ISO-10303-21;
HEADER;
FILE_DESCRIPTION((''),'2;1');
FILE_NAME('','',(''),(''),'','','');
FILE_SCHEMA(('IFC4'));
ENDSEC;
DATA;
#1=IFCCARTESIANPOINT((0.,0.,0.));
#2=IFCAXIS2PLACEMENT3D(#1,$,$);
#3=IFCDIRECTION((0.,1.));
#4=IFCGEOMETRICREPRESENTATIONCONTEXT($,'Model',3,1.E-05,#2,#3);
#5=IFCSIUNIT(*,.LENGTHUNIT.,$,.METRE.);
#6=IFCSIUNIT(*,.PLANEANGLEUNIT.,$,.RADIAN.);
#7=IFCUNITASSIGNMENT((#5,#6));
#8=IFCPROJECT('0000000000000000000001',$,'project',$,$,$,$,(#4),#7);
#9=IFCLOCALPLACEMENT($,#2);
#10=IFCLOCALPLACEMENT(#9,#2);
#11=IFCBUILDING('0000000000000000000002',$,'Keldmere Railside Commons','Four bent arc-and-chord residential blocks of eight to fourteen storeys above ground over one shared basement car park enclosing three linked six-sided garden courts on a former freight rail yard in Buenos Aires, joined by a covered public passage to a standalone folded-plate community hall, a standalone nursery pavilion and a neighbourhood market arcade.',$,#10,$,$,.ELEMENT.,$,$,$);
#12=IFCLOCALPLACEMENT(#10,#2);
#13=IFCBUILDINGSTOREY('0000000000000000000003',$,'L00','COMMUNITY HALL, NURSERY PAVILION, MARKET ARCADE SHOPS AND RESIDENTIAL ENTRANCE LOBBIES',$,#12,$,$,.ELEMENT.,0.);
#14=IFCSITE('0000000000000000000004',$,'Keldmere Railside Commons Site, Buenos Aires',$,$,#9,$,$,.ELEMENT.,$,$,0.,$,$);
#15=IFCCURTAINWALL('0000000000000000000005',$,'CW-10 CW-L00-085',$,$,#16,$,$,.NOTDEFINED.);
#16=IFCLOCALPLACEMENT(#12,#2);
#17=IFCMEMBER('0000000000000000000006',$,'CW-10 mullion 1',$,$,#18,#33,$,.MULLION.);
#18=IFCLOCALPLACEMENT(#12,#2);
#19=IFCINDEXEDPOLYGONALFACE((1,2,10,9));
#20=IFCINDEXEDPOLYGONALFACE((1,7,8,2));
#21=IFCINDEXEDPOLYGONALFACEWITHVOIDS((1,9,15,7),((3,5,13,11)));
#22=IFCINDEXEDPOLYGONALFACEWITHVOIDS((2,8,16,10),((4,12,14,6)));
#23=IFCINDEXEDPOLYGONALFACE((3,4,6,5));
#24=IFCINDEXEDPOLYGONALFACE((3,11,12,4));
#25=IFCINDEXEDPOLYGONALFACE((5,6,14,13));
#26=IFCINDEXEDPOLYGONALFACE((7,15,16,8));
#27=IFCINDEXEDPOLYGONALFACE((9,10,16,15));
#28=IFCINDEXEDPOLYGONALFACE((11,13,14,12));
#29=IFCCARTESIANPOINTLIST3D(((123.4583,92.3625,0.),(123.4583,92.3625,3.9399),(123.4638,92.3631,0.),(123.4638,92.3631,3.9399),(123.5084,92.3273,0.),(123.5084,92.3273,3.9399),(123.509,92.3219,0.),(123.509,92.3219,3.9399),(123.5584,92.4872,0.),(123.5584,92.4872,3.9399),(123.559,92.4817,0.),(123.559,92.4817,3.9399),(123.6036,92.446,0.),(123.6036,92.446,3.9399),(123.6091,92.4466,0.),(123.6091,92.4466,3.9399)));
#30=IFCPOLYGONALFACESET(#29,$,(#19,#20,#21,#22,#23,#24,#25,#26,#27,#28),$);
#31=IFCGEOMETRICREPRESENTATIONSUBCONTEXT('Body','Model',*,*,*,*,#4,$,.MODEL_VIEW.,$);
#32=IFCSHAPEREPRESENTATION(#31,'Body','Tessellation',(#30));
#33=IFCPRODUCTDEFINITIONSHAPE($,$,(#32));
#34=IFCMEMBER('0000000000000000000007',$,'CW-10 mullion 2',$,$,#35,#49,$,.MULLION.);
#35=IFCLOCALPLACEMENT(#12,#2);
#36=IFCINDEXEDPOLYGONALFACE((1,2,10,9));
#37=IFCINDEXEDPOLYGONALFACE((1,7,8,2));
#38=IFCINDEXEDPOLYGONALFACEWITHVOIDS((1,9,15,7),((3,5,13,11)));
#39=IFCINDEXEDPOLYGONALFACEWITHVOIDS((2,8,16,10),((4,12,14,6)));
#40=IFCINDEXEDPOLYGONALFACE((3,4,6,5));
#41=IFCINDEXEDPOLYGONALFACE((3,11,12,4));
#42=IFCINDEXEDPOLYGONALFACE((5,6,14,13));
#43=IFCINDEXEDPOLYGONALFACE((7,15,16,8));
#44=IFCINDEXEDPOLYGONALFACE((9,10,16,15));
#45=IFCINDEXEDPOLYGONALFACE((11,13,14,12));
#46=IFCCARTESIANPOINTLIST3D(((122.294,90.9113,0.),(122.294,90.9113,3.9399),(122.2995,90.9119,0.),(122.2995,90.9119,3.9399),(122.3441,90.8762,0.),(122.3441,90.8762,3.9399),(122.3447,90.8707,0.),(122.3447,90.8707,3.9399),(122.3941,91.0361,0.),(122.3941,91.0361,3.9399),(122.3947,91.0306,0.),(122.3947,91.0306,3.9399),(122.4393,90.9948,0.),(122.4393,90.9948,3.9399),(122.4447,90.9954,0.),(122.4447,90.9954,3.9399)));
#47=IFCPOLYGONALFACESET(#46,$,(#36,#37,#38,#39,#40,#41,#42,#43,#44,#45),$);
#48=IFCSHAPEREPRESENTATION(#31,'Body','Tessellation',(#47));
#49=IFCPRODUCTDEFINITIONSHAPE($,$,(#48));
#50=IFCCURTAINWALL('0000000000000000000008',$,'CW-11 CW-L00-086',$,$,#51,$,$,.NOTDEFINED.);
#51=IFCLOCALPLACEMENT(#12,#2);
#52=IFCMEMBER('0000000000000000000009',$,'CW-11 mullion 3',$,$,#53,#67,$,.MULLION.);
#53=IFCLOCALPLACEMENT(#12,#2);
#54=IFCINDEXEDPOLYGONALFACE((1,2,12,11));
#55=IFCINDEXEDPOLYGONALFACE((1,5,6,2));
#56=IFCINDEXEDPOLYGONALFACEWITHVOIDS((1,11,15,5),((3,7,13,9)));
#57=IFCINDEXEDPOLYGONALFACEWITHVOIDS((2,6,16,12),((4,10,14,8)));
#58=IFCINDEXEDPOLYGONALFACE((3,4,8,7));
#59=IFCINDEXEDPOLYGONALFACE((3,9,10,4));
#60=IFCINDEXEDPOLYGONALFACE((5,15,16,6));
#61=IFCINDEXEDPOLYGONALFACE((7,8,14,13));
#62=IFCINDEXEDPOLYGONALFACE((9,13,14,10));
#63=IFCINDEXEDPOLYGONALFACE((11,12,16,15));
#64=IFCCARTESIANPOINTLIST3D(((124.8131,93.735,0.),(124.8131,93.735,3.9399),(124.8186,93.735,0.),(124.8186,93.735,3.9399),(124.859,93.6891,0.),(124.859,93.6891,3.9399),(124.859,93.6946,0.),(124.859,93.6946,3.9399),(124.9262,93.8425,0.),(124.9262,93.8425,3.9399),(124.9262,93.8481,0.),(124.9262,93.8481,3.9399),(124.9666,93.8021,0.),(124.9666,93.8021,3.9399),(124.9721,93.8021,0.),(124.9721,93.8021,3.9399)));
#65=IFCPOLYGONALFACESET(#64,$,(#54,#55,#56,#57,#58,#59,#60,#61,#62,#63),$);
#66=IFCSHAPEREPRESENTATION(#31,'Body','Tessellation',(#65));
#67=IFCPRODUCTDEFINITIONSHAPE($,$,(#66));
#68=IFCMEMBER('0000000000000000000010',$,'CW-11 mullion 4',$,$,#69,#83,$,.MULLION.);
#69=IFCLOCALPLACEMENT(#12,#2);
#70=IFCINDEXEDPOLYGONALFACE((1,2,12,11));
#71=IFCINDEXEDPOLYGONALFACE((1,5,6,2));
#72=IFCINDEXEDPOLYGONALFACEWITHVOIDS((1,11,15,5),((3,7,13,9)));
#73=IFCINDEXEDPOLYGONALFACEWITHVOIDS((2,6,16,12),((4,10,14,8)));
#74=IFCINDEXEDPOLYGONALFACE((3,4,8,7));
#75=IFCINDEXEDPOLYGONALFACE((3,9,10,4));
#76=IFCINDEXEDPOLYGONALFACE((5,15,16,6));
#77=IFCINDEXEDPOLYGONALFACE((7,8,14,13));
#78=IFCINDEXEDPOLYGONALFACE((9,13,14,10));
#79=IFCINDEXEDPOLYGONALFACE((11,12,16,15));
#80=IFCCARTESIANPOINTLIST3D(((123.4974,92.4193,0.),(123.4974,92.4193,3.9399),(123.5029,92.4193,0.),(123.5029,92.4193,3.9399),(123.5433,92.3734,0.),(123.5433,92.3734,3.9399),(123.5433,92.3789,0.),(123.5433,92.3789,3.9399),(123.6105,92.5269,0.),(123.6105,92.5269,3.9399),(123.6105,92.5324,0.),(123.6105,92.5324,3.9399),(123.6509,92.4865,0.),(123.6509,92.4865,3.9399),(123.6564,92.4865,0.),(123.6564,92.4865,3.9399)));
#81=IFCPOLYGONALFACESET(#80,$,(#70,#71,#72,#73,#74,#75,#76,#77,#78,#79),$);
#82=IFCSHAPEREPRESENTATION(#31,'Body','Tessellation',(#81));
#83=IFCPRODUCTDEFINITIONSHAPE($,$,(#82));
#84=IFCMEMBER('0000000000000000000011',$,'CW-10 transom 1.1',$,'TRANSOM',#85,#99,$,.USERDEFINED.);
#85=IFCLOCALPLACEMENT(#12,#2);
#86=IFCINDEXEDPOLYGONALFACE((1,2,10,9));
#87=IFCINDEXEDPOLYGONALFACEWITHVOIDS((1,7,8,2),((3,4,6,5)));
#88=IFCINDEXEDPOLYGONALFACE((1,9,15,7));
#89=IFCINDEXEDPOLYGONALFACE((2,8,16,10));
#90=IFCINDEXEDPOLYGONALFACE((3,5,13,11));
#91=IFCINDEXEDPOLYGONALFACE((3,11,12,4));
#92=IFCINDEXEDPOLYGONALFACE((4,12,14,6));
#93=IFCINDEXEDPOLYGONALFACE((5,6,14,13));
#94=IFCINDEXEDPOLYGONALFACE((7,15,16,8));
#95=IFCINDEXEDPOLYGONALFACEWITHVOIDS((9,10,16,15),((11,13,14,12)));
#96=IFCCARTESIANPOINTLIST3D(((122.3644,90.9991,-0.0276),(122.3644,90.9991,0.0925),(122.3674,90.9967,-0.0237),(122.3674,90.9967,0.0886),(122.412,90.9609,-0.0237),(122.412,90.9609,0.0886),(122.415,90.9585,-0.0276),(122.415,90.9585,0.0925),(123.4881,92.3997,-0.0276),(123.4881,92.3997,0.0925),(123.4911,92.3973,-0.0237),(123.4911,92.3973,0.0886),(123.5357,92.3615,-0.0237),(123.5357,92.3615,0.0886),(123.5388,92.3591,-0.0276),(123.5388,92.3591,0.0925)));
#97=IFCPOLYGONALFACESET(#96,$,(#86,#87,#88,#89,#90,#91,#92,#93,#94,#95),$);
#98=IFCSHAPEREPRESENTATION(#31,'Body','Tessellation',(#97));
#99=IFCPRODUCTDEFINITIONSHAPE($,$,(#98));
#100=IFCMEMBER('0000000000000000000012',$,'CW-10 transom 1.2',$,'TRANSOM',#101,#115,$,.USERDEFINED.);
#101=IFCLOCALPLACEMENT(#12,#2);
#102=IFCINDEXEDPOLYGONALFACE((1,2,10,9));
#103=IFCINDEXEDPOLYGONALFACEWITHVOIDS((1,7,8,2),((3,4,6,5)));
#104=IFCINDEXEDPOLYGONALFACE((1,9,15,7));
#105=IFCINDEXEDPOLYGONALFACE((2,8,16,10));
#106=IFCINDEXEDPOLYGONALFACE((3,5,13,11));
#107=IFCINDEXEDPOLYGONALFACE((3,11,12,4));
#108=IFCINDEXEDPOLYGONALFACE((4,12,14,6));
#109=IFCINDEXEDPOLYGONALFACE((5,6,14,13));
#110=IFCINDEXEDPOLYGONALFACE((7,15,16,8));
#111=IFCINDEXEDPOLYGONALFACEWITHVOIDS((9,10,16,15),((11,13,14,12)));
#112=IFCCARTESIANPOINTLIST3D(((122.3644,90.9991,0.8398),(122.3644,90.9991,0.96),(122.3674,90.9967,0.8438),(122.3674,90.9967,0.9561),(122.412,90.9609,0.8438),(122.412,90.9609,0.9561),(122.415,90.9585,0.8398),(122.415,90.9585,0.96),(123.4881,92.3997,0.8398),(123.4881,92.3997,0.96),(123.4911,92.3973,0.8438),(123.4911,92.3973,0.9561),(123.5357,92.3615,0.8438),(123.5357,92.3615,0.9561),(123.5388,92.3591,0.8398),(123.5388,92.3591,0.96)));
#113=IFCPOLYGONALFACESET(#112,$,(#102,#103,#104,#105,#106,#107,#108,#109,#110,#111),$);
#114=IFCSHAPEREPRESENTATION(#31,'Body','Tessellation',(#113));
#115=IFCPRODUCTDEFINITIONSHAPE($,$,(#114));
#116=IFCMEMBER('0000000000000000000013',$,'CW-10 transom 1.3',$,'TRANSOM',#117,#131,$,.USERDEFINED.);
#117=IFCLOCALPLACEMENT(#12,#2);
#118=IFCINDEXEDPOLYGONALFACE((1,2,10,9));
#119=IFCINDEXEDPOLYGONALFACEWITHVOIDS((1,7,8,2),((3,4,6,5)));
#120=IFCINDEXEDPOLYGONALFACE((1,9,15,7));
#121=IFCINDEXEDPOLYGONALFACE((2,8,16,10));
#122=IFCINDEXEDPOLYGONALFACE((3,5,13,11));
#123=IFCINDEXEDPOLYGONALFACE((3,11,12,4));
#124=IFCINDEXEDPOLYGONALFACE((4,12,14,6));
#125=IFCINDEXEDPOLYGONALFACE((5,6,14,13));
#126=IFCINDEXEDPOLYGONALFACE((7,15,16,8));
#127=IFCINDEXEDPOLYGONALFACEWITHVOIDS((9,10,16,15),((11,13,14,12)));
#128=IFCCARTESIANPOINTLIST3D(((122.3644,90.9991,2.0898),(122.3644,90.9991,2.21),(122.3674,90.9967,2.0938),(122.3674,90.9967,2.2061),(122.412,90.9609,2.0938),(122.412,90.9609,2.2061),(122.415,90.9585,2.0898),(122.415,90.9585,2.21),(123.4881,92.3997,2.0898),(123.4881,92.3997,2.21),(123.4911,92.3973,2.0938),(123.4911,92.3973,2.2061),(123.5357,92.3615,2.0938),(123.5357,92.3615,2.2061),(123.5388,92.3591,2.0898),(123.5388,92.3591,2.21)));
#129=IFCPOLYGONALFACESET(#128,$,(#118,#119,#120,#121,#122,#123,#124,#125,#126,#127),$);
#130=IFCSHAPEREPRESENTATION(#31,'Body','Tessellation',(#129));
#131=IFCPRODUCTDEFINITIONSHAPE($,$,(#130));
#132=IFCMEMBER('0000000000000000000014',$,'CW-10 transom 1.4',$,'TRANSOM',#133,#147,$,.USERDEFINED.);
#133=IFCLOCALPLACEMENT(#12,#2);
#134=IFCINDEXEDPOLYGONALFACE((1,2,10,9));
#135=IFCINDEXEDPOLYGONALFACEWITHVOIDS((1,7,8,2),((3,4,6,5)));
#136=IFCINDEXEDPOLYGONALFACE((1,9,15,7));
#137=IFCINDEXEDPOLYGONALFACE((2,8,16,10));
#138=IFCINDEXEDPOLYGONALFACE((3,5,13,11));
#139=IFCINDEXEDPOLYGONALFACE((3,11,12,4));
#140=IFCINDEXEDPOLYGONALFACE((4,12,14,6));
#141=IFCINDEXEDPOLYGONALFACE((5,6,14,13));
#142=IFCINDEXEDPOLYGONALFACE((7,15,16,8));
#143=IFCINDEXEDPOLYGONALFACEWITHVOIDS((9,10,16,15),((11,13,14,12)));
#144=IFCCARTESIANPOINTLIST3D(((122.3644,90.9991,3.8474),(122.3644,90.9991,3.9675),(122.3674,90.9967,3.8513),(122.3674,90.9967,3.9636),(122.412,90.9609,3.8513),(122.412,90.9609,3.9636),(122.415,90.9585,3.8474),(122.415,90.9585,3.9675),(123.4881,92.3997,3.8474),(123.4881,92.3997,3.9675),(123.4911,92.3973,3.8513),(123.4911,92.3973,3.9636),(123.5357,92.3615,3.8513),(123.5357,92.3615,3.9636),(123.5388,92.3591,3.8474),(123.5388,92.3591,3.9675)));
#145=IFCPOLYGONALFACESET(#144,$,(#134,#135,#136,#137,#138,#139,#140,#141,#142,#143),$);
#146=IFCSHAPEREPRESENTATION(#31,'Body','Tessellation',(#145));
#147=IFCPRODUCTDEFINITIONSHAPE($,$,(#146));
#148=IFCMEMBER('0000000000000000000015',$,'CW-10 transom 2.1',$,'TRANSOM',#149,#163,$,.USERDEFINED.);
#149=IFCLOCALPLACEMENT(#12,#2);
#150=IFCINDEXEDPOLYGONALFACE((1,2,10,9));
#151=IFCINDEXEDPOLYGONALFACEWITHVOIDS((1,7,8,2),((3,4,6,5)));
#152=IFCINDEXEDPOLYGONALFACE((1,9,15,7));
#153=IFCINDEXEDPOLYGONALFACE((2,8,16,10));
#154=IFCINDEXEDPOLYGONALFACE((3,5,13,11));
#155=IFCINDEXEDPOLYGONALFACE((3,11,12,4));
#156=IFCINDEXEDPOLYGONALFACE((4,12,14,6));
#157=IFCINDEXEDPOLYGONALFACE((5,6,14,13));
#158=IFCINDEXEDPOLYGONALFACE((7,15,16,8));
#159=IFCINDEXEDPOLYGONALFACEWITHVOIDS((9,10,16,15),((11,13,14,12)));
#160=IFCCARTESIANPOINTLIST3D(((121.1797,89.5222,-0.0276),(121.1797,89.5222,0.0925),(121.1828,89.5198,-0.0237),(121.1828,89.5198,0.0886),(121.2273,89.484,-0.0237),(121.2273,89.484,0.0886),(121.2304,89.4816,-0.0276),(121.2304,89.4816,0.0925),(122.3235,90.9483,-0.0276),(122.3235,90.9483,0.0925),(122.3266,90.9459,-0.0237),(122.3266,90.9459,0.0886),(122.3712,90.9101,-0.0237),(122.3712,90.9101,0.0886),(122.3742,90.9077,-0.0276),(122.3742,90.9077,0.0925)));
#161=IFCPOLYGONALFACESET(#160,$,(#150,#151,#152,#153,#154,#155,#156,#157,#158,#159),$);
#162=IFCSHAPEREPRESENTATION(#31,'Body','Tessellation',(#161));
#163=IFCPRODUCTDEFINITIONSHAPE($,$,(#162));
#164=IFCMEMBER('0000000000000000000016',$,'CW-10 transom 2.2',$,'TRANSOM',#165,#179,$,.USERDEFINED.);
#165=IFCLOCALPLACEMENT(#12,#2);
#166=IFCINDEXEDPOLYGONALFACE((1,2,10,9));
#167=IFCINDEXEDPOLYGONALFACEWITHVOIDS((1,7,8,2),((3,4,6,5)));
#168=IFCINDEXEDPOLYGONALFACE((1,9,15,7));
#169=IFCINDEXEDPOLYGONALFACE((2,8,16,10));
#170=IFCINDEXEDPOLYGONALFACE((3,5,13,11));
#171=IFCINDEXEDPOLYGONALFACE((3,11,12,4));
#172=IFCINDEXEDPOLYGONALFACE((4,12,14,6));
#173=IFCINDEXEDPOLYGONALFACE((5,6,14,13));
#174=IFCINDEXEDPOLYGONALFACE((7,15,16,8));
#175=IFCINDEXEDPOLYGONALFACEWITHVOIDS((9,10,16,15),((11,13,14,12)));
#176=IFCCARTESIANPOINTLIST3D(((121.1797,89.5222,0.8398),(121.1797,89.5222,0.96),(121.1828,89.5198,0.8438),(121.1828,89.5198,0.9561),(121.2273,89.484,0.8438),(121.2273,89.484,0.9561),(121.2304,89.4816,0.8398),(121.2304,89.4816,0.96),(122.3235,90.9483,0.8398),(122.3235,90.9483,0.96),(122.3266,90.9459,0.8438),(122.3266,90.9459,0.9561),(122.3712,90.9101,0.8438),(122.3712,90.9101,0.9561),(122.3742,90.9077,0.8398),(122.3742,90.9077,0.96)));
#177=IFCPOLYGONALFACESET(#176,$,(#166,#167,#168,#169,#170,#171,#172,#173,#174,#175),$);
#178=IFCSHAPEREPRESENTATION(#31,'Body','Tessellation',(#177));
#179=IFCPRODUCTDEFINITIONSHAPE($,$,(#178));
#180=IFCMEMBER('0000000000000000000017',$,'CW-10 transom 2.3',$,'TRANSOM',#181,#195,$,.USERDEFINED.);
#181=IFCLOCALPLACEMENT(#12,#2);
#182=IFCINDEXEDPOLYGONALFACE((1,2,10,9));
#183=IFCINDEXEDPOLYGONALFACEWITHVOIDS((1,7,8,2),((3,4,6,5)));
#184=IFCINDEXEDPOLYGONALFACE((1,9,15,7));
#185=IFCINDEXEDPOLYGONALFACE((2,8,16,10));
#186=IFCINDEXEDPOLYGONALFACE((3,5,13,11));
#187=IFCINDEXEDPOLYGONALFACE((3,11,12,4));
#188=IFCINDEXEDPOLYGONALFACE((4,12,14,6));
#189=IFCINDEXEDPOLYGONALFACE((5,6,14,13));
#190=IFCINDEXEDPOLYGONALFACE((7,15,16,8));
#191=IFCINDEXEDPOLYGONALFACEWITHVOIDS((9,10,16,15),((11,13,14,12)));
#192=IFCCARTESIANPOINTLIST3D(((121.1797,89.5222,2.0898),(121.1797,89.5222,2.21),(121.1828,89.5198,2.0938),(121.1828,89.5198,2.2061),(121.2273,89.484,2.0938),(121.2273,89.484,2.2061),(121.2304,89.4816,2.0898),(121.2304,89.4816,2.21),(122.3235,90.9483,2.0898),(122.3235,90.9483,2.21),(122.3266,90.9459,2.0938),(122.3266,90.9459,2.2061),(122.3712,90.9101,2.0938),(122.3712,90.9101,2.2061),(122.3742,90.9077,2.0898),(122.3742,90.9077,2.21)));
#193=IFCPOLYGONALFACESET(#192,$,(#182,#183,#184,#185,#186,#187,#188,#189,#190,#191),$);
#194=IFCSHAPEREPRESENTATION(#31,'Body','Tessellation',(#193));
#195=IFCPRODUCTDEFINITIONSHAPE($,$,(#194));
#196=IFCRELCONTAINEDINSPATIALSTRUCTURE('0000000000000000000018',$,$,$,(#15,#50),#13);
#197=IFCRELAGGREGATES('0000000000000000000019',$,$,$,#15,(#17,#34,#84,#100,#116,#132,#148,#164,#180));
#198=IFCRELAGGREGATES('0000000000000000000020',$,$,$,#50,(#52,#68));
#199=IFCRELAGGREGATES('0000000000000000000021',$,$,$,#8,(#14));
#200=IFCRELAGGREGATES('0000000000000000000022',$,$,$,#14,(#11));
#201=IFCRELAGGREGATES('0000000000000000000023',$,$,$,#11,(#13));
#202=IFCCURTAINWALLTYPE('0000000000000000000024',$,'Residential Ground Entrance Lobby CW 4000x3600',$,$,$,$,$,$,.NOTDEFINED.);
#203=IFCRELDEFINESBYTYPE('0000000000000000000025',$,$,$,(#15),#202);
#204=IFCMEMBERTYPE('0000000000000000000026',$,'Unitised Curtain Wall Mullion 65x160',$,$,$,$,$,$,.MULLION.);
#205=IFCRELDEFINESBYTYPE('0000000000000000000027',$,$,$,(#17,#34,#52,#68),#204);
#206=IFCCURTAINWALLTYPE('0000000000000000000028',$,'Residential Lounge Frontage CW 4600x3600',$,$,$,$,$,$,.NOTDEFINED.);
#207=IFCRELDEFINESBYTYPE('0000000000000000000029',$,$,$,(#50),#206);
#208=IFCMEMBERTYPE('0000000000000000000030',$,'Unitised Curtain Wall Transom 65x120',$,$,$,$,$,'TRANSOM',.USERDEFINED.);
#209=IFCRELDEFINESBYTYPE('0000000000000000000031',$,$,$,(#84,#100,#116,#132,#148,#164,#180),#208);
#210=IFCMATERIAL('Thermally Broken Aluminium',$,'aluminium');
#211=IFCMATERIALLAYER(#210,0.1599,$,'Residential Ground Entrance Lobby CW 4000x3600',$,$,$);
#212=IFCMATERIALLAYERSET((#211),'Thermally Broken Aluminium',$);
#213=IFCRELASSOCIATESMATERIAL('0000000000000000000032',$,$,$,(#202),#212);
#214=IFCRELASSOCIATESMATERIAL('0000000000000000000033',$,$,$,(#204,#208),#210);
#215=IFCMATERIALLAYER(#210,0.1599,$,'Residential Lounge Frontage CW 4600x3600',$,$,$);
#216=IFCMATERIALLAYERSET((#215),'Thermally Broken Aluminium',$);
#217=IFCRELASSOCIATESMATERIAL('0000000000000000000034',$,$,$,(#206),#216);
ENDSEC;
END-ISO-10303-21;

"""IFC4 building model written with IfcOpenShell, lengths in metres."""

from ifc_helpers import new_model, si_unit, direction, frame, origin, origin_2d, place, context, subcontext, project, spatial, hollow_rectangle, extrude, material, layer, layer_set, material_profile, profile_set, type_object, element, aggregate, save


model = new_model("IFC4")

# Units and contexts
model_context = context("Model", 3, precision=1e-05, world=origin(), true_north=direction((0.0, 1.0)))
body_context = subcontext(model_context, "Body", "Model", "MODEL_VIEW")
ifc_project = project(units=[si_unit("LENGTHUNIT", "METRE"), si_unit("PLANEANGLEUNIT", "RADIAN")], contexts=[model_context])

# Site, building, storey
site_placement = place(None, origin())
site = spatial("IfcSite", under=ifc_project, at=site_placement, Name="Keldmere Railside Commons Site, Buenos Aires", CompositionType="ELEMENT", RefElevation=0.0)
building_placement = place(site_placement, origin())
building = spatial("IfcBuilding", under=site, at=building_placement, Name="Keldmere Railside Commons", Description="Four bent arc-and-chord residential blocks of eight to fourteen storeys above ground over one shared basement car park enclosing three linked six-sided garden courts on a former freight rail yard in Buenos Aires, joined by a covered public passage to a standalone folded-plate community hall, a standalone nursery pavilion and a neighbourhood market arcade.", CompositionType="ELEMENT")
storey_placement = place(building_placement, origin())
storey = spatial("IfcBuildingStorey", under=building, at=storey_placement, Name="L00", Description="COMMUNITY HALL, NURSERY PAVILION, MARKET ARCADE SHOPS AND RESIDENTIAL ENTRANCE LOBBIES", CompositionType="ELEMENT", Elevation=0.0)

# Curtain walls, members
ifc_material_1 = material(Name="Thermally Broken Aluminium", Category="aluminium")
ifc_layer_1 = layer(ifc_material_1, 0.1599, Name="Residential Ground Entrance Lobby CW 4000x3600")
ifc_layer_set_1 = layer_set([ifc_layer_1], Name="Thermally Broken Aluminium")
curtain_wall_type_1 = type_object("IfcCurtainWallType", Name="Residential Ground Entrance Lobby CW 4000x3600", PredefinedType="NOTDEFINED", material=ifc_layer_set_1)
curtain_wall_1_placement = place(storey_placement, origin())
curtain_wall_1 = element("IfcCurtainWall", 1, at=curtain_wall_1_placement, inside=storey, type_object=curtain_wall_type_1, Name="CW-10 CW-L00-085", PredefinedType="NOTDEFINED")
ifc_material_profile_1 = material_profile(ifc_material_1, hollow_rectangle(XDim=0.0649, YDim=0.1599, WallThickness=0.0039, at=origin_2d()), Name="ALU-MULL-65x160")
ifc_profile_set_1 = profile_set([ifc_material_profile_1], Name="Thermally Broken Aluminium")
member_type_1 = type_object("IfcMemberType", Name="Unitised Curtain Wall Mullion 65x160", PredefinedType="MULLION", material=ifc_profile_set_1)
member_1_placement = place(storey_placement, frame((123.5337, 92.4045, 0.0), z_axis=(0.0, 0.0, 1.0), x_axis=(0.780009, -0.625768, 0.0)))
member_1 = element("IfcMember", 2, at=member_1_placement, type_object=member_type_1, Name="CW-10 mullion 1", PredefinedType="MULLION", context=body_context, shape_type="SweptSolid", body=[
    extrude(hollow_rectangle(XDim=0.0649, YDim=0.1599, WallThickness=0.0039, at=origin_2d()), origin(), (0.0, 0.0, 1.0), 3.9399),
])
member_2_placement = place(storey_placement, frame((122.3694, 90.9534, 0.0), z_axis=(0.0, 0.0, 1.0), x_axis=(0.780009, -0.625768, 0.0)))
member_2 = element("IfcMember", 3, at=member_2_placement, type_object=member_type_1, Name="CW-10 mullion 2", PredefinedType="MULLION", context=body_context, shape_type="SweptSolid", body=[
    extrude(hollow_rectangle(XDim=0.0649, YDim=0.1599, WallThickness=0.0039, at=origin_2d()), origin(), (0.0, 0.0, 1.0), 3.9399),
])
ifc_layer_2 = layer(ifc_material_1, 0.1599, Name="Residential Lounge Frontage CW 4600x3600")
ifc_layer_set_2 = layer_set([ifc_layer_2], Name="Thermally Broken Aluminium")
curtain_wall_type_2 = type_object("IfcCurtainWallType", Name="Residential Lounge Frontage CW 4600x3600", PredefinedType="NOTDEFINED", material=ifc_layer_set_2)
curtain_wall_2_placement = place(storey_placement, origin())
curtain_wall_2 = element("IfcCurtainWall", 4, at=curtain_wall_2_placement, inside=storey, type_object=curtain_wall_type_2, Name="CW-11 CW-L00-086", PredefinedType="NOTDEFINED")
member_3_placement = place(storey_placement, frame((124.8926, 93.7686, 0.0), z_axis=(0.0, 0.0, 1.0), x_axis=(0.707107, -0.707107, 0.0)))
member_3 = element("IfcMember", 5, at=member_3_placement, type_object=member_type_1, Name="CW-11 mullion 3", PredefinedType="MULLION", context=body_context, shape_type="SweptSolid", body=[
    extrude(hollow_rectangle(XDim=0.0649, YDim=0.1599, WallThickness=0.0039, at=origin_2d()), origin(), (0.0, 0.0, 1.0), 3.9399),
])
member_4_placement = place(storey_placement, frame((123.5769, 92.4529, 0.0), z_axis=(0.0, 0.0, 1.0), x_axis=(0.707107, -0.707107, 0.0)))
member_4 = element("IfcMember", 6, at=member_4_placement, type_object=member_type_1, Name="CW-11 mullion 4", PredefinedType="MULLION", context=body_context, shape_type="SweptSolid", body=[
    extrude(hollow_rectangle(XDim=0.0649, YDim=0.1599, WallThickness=0.0039, at=origin_2d()), origin(), (0.0, 0.0, 1.0), 3.9399),
])

# Members
ifc_material_profile_2 = material_profile(ifc_material_1, hollow_rectangle(XDim=0.0649, YDim=0.1201, WallThickness=0.0039, at=origin_2d()), Name="ALU-TRAN-65x120")
ifc_profile_set_2 = profile_set([ifc_material_profile_2], Name="Thermally Broken Aluminium")
member_type_2 = type_object("IfcMemberType", Name="Unitised Curtain Wall Transom 65x120", ElementType="TRANSOM", PredefinedType="USERDEFINED", material=ifc_profile_set_2)
member_5_placement = place(storey_placement, frame((123.5134, 92.3794, 0.0325), z_axis=(-0.625805, -0.779979, 0.0), x_axis=(0.779979, -0.625805, 0.0)))
member_5 = element("IfcMember", 7, at=member_5_placement, type_object=member_type_2, Name="CW-10 transom 1.1", ObjectType="TRANSOM", PredefinedType="USERDEFINED", context=body_context, shape_type="SweptSolid", body=[
    extrude(hollow_rectangle(XDim=0.0649, YDim=0.1201, WallThickness=0.0039, at=origin_2d()), origin(), (0.0, 0.0, 1.0), 1.7957),
])
member_6_placement = place(storey_placement, frame((123.5134, 92.3794, 0.8999), z_axis=(-0.625805, -0.779979, 0.0), x_axis=(0.779979, -0.625805, 0.0)))
member_6 = element("IfcMember", 8, at=member_6_placement, type_object=member_type_2, Name="CW-10 transom 1.2", ObjectType="TRANSOM", PredefinedType="USERDEFINED", context=body_context, shape_type="SweptSolid", body=[
    extrude(hollow_rectangle(XDim=0.0649, YDim=0.1201, WallThickness=0.0039, at=origin_2d()), origin(), (0.0, 0.0, 1.0), 1.7957),
])
member_7_placement = place(storey_placement, frame((123.5134, 92.3794, 2.1499), z_axis=(-0.625805, -0.779979, 0.0), x_axis=(0.779979, -0.625805, 0.0)))
member_7 = element("IfcMember", 9, at=member_7_placement, type_object=member_type_2, Name="CW-10 transom 1.3", ObjectType="TRANSOM", PredefinedType="USERDEFINED", context=body_context, shape_type="SweptSolid", body=[
    extrude(hollow_rectangle(XDim=0.0649, YDim=0.1201, WallThickness=0.0039, at=origin_2d()), origin(), (0.0, 0.0, 1.0), 1.7957),
])
member_8_placement = place(storey_placement, frame((123.5134, 92.3794, 3.9075), z_axis=(-0.625805, -0.779979, 0.0), x_axis=(0.779979, -0.625805, 0.0)))
member_8 = element("IfcMember", 10, at=member_8_placement, type_object=member_type_2, Name="CW-10 transom 1.4", ObjectType="TRANSOM", PredefinedType="USERDEFINED", context=body_context, shape_type="SweptSolid", body=[
    extrude(hollow_rectangle(XDim=0.0649, YDim=0.1201, WallThickness=0.0039, at=origin_2d()), origin(), (0.0, 0.0, 1.0), 1.7957),
])
member_9_placement = place(storey_placement, frame((122.3489, 90.928, 0.0325), z_axis=(-0.625688, -0.780073, 0.0), x_axis=(0.780073, -0.625688, 0.0)))
member_9 = element("IfcMember", 11, at=member_9_placement, type_object=member_type_2, Name="CW-10 transom 2.1", ObjectType="TRANSOM", PredefinedType="USERDEFINED", context=body_context, shape_type="SweptSolid", body=[
    extrude(hollow_rectangle(XDim=0.0649, YDim=0.1201, WallThickness=0.0039, at=origin_2d()), origin(), (0.0, 0.0, 1.0), 1.8281),
])
member_10_placement = place(storey_placement, frame((122.3489, 90.928, 0.8999), z_axis=(-0.625688, -0.780073, 0.0), x_axis=(0.780073, -0.625688, 0.0)))
member_10 = element("IfcMember", 12, at=member_10_placement, type_object=member_type_2, Name="CW-10 transom 2.2", ObjectType="TRANSOM", PredefinedType="USERDEFINED", context=body_context, shape_type="SweptSolid", body=[
    extrude(hollow_rectangle(XDim=0.0649, YDim=0.1201, WallThickness=0.0039, at=origin_2d()), origin(), (0.0, 0.0, 1.0), 1.8281),
])
member_11_placement = place(storey_placement, frame((122.3489, 90.928, 2.1499), z_axis=(-0.625688, -0.780073, 0.0), x_axis=(0.780073, -0.625688, 0.0)))
member_11 = element("IfcMember", 13, at=member_11_placement, type_object=member_type_2, Name="CW-10 transom 2.3", ObjectType="TRANSOM", PredefinedType="USERDEFINED", context=body_context, shape_type="SweptSolid", body=[
    extrude(hollow_rectangle(XDim=0.0649, YDim=0.1201, WallThickness=0.0039, at=origin_2d()), origin(), (0.0, 0.0, 1.0), 1.8281),
])

aggregate(curtain_wall_1, [member_1, member_2, member_5, member_6, member_7, member_8, member_9, member_10, member_11])
aggregate(curtain_wall_2, [member_3, member_4])

save(model, "model.ifc")
